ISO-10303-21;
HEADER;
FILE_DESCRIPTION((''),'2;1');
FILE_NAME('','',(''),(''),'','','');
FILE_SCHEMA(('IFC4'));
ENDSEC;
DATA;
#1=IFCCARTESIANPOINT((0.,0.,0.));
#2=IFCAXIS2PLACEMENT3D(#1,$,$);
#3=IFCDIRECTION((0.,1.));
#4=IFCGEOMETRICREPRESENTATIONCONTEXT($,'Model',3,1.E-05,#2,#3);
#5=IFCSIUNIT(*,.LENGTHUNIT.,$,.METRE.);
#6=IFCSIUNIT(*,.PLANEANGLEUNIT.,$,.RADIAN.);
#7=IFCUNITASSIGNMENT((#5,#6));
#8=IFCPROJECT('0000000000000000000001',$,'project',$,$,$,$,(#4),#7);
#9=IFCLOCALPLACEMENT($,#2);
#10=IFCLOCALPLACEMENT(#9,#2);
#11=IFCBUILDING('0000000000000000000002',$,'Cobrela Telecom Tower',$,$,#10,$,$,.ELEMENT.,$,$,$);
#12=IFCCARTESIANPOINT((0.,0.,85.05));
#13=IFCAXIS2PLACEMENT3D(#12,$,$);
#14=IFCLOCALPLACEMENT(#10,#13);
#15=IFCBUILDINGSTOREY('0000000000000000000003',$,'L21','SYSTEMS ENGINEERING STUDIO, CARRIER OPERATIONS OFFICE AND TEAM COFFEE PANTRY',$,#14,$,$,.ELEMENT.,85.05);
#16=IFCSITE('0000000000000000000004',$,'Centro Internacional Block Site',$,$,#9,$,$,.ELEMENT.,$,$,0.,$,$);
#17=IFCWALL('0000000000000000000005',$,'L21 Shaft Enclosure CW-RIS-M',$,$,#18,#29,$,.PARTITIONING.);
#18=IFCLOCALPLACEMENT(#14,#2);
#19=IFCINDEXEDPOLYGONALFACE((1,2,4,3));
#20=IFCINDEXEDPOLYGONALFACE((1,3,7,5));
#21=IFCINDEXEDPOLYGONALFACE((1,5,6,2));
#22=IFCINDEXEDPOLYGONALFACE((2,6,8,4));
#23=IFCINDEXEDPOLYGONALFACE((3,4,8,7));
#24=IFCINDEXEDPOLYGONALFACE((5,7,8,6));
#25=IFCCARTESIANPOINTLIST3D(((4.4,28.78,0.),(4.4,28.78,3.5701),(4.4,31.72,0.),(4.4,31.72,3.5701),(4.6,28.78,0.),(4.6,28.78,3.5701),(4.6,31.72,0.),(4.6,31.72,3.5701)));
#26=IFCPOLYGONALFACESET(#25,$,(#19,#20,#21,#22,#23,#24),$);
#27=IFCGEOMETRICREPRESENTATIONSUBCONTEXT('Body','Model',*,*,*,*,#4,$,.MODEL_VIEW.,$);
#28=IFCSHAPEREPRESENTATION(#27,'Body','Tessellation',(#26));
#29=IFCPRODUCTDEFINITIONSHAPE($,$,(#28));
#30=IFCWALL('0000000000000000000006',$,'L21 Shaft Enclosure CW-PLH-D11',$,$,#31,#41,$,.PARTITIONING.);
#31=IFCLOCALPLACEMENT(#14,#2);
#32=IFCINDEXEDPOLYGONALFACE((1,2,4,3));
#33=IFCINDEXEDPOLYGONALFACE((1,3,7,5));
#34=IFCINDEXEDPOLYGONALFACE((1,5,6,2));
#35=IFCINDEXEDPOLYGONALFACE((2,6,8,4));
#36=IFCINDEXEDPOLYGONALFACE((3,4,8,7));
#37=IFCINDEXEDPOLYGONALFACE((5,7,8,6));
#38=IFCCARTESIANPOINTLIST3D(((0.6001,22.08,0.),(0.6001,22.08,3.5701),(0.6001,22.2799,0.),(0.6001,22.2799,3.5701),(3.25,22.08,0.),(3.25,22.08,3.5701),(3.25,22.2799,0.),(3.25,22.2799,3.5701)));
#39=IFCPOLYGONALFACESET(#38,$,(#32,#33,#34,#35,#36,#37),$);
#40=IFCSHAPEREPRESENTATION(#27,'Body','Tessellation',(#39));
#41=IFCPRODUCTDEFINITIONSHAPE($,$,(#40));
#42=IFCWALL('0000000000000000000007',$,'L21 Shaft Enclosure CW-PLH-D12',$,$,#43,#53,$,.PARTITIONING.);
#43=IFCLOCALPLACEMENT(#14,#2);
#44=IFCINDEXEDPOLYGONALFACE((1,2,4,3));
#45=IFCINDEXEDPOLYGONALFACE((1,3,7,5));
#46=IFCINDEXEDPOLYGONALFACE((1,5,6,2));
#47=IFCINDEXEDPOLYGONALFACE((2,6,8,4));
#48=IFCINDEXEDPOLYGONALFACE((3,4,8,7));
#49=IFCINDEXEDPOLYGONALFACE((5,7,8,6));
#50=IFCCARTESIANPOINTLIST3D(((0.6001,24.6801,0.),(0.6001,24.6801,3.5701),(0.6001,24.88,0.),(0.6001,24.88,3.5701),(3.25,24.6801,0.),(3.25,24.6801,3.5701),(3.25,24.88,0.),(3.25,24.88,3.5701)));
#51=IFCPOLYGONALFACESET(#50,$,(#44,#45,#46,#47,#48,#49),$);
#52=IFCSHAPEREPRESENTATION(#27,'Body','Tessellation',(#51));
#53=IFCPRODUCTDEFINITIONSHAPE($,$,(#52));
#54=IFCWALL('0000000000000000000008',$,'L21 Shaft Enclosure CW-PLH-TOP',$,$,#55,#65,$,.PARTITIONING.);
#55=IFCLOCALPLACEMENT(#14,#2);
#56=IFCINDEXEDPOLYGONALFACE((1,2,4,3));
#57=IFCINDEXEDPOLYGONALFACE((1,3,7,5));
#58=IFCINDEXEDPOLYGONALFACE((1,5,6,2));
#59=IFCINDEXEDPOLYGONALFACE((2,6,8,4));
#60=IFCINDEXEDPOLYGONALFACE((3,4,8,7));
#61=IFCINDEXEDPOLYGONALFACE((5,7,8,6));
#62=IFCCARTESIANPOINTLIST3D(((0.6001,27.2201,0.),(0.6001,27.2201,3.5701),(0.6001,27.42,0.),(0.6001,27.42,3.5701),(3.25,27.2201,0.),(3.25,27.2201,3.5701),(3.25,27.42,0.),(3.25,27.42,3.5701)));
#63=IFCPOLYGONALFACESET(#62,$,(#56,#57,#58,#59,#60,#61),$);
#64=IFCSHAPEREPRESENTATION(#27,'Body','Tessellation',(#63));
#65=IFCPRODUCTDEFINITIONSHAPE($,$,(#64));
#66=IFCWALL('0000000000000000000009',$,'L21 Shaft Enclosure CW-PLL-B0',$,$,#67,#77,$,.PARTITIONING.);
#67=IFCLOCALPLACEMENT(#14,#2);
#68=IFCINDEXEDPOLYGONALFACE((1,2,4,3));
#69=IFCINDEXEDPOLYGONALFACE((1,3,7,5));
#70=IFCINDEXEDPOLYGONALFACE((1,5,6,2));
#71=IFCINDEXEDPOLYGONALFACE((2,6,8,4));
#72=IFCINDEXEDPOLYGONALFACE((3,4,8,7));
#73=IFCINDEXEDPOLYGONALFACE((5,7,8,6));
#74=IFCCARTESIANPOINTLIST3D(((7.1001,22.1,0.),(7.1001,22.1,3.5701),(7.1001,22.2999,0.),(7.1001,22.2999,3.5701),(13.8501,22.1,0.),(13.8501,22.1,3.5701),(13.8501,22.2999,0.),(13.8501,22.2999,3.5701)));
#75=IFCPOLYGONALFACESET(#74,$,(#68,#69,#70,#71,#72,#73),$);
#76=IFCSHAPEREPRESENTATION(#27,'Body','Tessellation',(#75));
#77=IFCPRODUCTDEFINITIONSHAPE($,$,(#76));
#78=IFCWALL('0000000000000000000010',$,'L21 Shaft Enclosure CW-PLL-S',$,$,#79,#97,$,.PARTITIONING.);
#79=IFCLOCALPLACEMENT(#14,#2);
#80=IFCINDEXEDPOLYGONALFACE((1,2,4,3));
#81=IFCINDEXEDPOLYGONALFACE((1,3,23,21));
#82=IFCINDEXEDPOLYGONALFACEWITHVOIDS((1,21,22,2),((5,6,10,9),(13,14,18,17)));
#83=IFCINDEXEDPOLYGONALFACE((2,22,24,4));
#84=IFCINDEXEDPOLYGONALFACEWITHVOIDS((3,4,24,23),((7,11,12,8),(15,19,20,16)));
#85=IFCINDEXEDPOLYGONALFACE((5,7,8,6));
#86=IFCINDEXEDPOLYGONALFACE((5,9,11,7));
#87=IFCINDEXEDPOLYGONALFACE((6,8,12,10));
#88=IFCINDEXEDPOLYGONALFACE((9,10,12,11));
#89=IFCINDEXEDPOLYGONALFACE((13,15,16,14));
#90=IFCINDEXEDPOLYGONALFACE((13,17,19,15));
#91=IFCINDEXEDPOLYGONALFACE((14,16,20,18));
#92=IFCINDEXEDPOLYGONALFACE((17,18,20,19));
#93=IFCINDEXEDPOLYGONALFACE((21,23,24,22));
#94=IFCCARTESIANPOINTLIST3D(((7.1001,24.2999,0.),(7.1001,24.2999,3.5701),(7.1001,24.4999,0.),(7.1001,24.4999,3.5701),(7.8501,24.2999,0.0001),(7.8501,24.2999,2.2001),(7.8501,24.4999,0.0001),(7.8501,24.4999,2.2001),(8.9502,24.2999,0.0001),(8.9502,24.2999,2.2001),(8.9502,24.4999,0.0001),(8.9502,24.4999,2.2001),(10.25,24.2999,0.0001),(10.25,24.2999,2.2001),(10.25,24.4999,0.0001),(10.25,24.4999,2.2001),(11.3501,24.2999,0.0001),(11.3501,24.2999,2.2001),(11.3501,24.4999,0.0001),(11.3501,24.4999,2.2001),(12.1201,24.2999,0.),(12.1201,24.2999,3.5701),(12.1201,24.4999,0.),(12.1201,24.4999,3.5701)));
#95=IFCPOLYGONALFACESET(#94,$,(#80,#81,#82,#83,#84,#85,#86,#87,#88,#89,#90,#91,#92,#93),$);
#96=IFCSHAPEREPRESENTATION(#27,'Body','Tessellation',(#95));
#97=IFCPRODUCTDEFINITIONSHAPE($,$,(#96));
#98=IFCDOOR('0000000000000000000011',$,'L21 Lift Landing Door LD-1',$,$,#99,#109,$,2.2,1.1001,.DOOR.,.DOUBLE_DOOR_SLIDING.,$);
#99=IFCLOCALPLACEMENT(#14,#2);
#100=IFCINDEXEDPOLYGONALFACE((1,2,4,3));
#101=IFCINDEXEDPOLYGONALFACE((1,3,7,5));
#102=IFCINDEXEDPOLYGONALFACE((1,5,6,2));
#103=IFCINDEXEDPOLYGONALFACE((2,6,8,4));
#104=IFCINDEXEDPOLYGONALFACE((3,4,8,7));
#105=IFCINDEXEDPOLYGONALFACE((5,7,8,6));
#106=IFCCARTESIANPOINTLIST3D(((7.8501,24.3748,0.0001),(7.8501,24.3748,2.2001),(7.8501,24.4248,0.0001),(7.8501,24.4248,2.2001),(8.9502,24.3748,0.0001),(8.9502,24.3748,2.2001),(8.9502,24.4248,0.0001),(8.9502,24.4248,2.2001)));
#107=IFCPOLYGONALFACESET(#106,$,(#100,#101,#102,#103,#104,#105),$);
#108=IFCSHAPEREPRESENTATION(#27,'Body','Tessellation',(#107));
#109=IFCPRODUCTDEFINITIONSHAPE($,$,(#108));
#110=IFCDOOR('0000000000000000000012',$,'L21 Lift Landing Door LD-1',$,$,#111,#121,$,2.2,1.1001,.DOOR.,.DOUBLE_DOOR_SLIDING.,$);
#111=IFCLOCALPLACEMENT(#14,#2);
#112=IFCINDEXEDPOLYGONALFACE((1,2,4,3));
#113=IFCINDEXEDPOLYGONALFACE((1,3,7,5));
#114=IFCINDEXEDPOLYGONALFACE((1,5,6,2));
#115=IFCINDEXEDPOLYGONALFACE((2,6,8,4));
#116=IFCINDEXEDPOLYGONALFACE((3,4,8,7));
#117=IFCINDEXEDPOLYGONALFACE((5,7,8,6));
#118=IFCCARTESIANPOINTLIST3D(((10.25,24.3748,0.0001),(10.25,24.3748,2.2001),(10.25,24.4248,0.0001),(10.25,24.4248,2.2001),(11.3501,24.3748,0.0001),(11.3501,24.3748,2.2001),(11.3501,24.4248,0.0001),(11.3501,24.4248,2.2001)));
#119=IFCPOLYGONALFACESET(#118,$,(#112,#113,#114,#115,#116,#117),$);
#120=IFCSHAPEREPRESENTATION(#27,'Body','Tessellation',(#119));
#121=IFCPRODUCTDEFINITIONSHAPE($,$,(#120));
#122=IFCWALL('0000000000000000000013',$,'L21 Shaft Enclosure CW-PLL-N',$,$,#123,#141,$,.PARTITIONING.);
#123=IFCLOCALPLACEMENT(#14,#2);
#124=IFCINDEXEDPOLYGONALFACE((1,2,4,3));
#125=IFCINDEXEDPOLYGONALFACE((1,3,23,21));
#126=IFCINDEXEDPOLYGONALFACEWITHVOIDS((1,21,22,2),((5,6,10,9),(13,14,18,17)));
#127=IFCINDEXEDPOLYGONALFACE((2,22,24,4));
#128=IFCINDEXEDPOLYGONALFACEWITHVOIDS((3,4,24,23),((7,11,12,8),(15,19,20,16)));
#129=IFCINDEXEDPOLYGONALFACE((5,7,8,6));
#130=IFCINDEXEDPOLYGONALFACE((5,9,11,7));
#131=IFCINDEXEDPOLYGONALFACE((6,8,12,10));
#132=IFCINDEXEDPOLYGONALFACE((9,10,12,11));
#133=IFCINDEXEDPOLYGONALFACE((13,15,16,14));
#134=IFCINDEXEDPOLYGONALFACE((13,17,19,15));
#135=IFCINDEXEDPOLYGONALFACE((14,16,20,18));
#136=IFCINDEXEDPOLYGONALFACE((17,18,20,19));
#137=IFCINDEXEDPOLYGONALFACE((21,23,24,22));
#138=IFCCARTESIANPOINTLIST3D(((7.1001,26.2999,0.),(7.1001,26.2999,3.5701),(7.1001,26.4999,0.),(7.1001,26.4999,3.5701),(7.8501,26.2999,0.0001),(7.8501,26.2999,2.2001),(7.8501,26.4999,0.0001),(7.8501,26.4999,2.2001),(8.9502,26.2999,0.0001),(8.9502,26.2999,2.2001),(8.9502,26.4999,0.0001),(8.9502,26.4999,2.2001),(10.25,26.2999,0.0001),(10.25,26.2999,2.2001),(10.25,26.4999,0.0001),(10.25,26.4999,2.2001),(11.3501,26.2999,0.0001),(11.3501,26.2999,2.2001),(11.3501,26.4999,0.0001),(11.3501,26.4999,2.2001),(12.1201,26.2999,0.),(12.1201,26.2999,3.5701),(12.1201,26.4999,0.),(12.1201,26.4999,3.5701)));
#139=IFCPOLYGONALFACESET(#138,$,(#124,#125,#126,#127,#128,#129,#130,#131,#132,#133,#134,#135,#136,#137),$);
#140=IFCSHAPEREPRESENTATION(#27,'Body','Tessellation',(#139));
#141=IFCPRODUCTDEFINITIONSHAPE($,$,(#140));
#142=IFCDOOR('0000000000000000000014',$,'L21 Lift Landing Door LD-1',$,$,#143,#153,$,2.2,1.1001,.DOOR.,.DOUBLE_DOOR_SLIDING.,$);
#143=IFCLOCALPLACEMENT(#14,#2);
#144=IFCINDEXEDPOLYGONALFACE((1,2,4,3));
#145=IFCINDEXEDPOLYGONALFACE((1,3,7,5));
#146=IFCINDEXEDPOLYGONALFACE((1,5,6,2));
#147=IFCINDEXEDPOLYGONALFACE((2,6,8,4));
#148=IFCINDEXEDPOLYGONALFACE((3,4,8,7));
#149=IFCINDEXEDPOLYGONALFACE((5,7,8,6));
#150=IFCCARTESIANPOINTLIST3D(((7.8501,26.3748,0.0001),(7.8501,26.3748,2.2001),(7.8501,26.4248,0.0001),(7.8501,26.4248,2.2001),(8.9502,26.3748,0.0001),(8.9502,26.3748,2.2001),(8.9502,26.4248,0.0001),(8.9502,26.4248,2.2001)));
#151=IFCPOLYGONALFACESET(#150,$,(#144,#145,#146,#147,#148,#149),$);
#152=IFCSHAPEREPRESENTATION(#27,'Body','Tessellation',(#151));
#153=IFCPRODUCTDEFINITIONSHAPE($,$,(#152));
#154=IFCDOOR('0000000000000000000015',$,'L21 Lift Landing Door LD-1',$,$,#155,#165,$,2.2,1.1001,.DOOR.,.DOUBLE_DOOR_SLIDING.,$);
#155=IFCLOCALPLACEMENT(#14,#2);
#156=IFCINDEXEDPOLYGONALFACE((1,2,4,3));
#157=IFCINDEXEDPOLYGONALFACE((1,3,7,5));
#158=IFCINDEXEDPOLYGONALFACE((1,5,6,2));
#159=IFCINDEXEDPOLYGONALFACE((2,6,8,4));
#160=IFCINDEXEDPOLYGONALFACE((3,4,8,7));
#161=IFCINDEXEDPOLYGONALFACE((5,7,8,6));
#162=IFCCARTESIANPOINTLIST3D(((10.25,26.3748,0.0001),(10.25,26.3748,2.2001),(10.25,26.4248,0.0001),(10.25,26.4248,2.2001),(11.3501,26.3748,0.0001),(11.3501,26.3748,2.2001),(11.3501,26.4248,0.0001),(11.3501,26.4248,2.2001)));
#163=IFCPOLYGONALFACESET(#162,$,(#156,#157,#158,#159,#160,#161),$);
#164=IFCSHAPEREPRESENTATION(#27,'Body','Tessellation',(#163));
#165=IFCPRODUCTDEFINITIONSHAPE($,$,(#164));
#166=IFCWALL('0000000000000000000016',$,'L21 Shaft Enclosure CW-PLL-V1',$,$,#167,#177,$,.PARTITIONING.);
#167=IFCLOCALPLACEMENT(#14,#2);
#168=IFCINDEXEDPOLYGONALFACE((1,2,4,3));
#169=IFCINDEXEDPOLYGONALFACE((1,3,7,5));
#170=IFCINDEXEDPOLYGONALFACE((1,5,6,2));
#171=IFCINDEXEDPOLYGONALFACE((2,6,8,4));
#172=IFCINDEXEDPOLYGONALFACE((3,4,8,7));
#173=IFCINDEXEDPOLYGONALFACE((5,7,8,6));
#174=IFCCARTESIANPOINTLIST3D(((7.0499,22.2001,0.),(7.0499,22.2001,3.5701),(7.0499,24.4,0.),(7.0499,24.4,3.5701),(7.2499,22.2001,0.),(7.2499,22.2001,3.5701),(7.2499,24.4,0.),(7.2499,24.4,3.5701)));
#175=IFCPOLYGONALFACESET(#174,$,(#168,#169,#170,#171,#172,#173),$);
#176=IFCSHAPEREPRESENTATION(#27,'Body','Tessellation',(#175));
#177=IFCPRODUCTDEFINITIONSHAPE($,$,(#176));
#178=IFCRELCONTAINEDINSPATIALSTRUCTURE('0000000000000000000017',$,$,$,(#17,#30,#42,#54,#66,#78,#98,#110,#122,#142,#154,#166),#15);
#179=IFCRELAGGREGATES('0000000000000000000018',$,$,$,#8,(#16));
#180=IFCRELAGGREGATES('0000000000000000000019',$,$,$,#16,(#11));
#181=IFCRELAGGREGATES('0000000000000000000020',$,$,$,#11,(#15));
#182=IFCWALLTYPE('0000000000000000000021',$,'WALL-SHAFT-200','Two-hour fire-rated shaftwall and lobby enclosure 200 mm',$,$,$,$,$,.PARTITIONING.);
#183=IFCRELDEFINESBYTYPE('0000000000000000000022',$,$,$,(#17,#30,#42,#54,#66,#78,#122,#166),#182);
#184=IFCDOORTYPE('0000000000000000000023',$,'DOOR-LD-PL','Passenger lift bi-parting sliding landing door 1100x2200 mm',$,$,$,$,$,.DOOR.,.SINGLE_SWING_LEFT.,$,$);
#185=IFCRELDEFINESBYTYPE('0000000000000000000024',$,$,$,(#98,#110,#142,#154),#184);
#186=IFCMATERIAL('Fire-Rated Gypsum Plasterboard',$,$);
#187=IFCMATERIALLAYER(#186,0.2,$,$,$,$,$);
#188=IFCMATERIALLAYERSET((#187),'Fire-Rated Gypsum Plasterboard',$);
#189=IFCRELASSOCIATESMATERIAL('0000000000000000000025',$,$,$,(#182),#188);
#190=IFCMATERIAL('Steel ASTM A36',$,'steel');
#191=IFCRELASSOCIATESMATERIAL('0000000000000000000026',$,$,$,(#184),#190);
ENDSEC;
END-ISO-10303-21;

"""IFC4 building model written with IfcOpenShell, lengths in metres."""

from ifc_helpers import new_model, si_unit, direction, frame, frame_2d, origin, place, context, subcontext, project, spatial, rectangle, extrude, material, layer, layer_set, type_object, element, fill, save


model = new_model("IFC4")

# Units and contexts
model_context = context("Model", 3, precision=1e-05, world=origin(), true_north=direction((0.0, 1.0)))
body_context = subcontext(model_context, "Body", "Model", "MODEL_VIEW")
ifc_project = project(units=[si_unit("LENGTHUNIT", "METRE"), si_unit("PLANEANGLEUNIT", "RADIAN")], contexts=[model_context])

# Site, building, storey
site_placement = place(None, origin())
site = spatial("IfcSite", under=ifc_project, at=site_placement, Name="Centro Internacional Block Site", CompositionType="ELEMENT", RefElevation=0.0)
building_placement = place(site_placement, origin())
building = spatial("IfcBuilding", under=site, at=building_placement, Name="Cobrela Telecom Tower", CompositionType="ELEMENT")
storey_placement = place(building_placement, frame((0.0, 0.0, 85.05)))
storey = spatial("IfcBuildingStorey", under=building, at=storey_placement, Name="L21", Description="SYSTEMS ENGINEERING STUDIO, CARRIER OPERATIONS OFFICE AND TEAM COFFEE PANTRY", CompositionType="ELEMENT", Elevation=85.05)

# Shared definitions
ifc_material_1 = material(Name="Fire-Rated Gypsum Plasterboard")
ifc_layer_1 = layer(ifc_material_1, 0.2)
ifc_layer_set_1 = layer_set([ifc_layer_1], Name="Fire-Rated Gypsum Plasterboard")
wall_type_1 = type_object("IfcWallType", Name="WALL-SHAFT-200", Description="Two-hour fire-rated shaftwall and lobby enclosure 200 mm", PredefinedType="PARTITIONING", material=ifc_layer_set_1)
ifc_material_2 = material(Name="Steel ASTM A36", Category="steel")

# Walls
wall_1_placement = place(storey_placement, frame((4.5, 28.78, 0.0), z_axis=(0.0, 0.0, 1.0), x_axis=(0.0, 1.0, 0.0)))
element("IfcWall", 1, at=wall_1_placement, inside=storey, type_object=wall_type_1, Name="L21 Shaft Enclosure CW-RIS-M", PredefinedType="PARTITIONING", context=body_context, shape_type="SweptSolid", body=[
    extrude(rectangle(XDim=2.9399, YDim=0.2, at=frame_2d((1.47, 0.0))), origin(), (0.0, 0.0, 1.0), 3.5701),
])
for number, where, z_axis, x_axis, name in (
    (2, (0.6001, 22.1799, 0.0), (0.0, 0.0, 1.0), (1.0, 0.0, 0.0), "L21 Shaft Enclosure CW-PLH-D11"),
    (3, (0.6001, 24.78, 0.0), (0.0, 0.0, 1.0), (1.0, 0.0, 0.0), "L21 Shaft Enclosure CW-PLH-D12"),
    (4, (0.6001, 27.3201, 0.0), (0.0, 0.0, 1.0), (1.0, 0.0, 0.0), "L21 Shaft Enclosure CW-PLH-TOP"),
):
    element("IfcWall", number, at=place(storey_placement, frame(where, z_axis=z_axis, x_axis=x_axis)), inside=storey, type_object=wall_type_1, Name=name, PredefinedType="PARTITIONING", context=body_context, shape_type="SweptSolid", body=[
        extrude(rectangle(XDim=2.6499, YDim=0.2, at=frame_2d((1.325, 0.0))), origin(), (0.0, 0.0, 1.0), 3.5701),
    ])
wall_2_placement = place(storey_placement, frame((7.1001, 22.2, 0.0), z_axis=(0.0, 0.0, 1.0), x_axis=(1.0, 0.0, 0.0)))
element("IfcWall", 5, at=wall_2_placement, inside=storey, type_object=wall_type_1, Name="L21 Shaft Enclosure CW-PLL-B0", PredefinedType="PARTITIONING", context=body_context, shape_type="SweptSolid", body=[
    extrude(rectangle(XDim=6.75, YDim=0.2, at=frame_2d((3.375, 0.0))), origin(), (0.0, 0.0, 1.0), 3.5701),
])

# Walls, openings, doors
wall_3_placement = place(storey_placement, frame((7.1001, 24.3999, 0.0), z_axis=(0.0, 0.0, 1.0), x_axis=(1.0, 0.0, 0.0)))
wall_3 = element("IfcWall", 6, at=wall_3_placement, inside=storey, type_object=wall_type_1, Name="L21 Shaft Enclosure CW-PLL-S", PredefinedType="PARTITIONING", context=body_context, shape_type="SweptSolid", body=[
    extrude(rectangle(XDim=5.02, YDim=0.2, at=frame_2d((2.51, 0.0))), origin(), (0.0, 0.0, 1.0), 3.5701),
])
opening_1_placement = place(wall_3_placement, frame((0.75, 0.0, 0.0)))
opening_1 = element("IfcOpeningElement", 7, at=opening_1_placement, cuts=wall_3, PredefinedType="OPENING", context=body_context, shape_type="SweptSolid", body=[
    extrude(rectangle(XDim=1.1001, YDim=2.2, at=frame_2d((0.55, 1.1001))), frame((0.0, 0.1118, 0.0), z_axis=(0.0, -1.0, 0.0), x_axis=(1.0, 0.0, 0.0)), (0.0, 0.0, 1.0), 0.2239),
])
opening_2_placement = place(wall_3_placement, frame((3.1499, 0.0, 0.0)))
opening_2 = element("IfcOpeningElement", 8, at=opening_2_placement, cuts=wall_3, PredefinedType="OPENING", context=body_context, shape_type="SweptSolid", body=[
    extrude(rectangle(XDim=1.1001, YDim=2.2, at=frame_2d((0.55, 1.1001))), frame((0.0, 0.1118, 0.0), z_axis=(0.0, -1.0, 0.0), x_axis=(1.0, 0.0, 0.0)), (0.0, 0.0, 1.0), 0.2239),
])
door_type_1 = type_object("IfcDoorType", Name="DOOR-LD-PL", Description="Passenger lift bi-parting sliding landing door 1100x2200 mm", OperationType="SINGLE_SWING_LEFT", PredefinedType="DOOR", material=ifc_material_2)
door_1_placement = place(opening_1_placement, origin())
door_1 = element("IfcDoor", 9, at=door_1_placement, inside=storey, type_object=door_type_1, Name="L21 Lift Landing Door LD-1", OperationType="DOUBLE_DOOR_SLIDING", OverallHeight=2.2, OverallWidth=1.1001, PredefinedType="DOOR", context=body_context, shape_type="SweptSolid", body=[
    extrude(rectangle(XDim=1.1001, YDim=2.2, at=frame_2d((0.55, 1.1001))), frame((0.0, 0.0249, 0.0), z_axis=(0.0, -1.0, 0.0), x_axis=(1.0, 0.0, 0.0)), (0.0, 0.0, 1.0), 0.05),
])
fill(opening_1, door_1)
door_2_placement = place(opening_2_placement, origin())
door_2 = element("IfcDoor", 10, at=door_2_placement, inside=storey, type_object=door_type_1, Name="L21 Lift Landing Door LD-1", OperationType="DOUBLE_DOOR_SLIDING", OverallHeight=2.2, OverallWidth=1.1001, PredefinedType="DOOR", context=body_context, shape_type="SweptSolid", body=[
    extrude(rectangle(XDim=1.1001, YDim=2.2, at=frame_2d((0.55, 1.1001))), frame((0.0, 0.0249, 0.0), z_axis=(0.0, -1.0, 0.0), x_axis=(1.0, 0.0, 0.0)), (0.0, 0.0, 1.0), 0.05),
])
fill(opening_2, door_2)
wall_4_placement = place(storey_placement, frame((7.1001, 26.3999, 0.0), z_axis=(0.0, 0.0, 1.0), x_axis=(1.0, 0.0, 0.0)))
wall_4 = element("IfcWall", 11, at=wall_4_placement, inside=storey, type_object=wall_type_1, Name="L21 Shaft Enclosure CW-PLL-N", PredefinedType="PARTITIONING", context=body_context, shape_type="SweptSolid", body=[
    extrude(rectangle(XDim=5.02, YDim=0.2, at=frame_2d((2.51, 0.0))), origin(), (0.0, 0.0, 1.0), 3.5701),
])
opening_3_placement = place(wall_4_placement, frame((0.75, 0.0, 0.0)))
opening_3 = element("IfcOpeningElement", 12, at=opening_3_placement, cuts=wall_4, PredefinedType="OPENING", context=body_context, shape_type="SweptSolid", body=[
    extrude(rectangle(XDim=1.1001, YDim=2.2, at=frame_2d((0.55, 1.1001))), frame((0.0, 0.1118, 0.0), z_axis=(0.0, -1.0, 0.0), x_axis=(1.0, 0.0, 0.0)), (0.0, 0.0, 1.0), 0.2239),
])
opening_4_placement = place(wall_4_placement, frame((3.1499, 0.0, 0.0)))
opening_4 = element("IfcOpeningElement", 13, at=opening_4_placement, cuts=wall_4, PredefinedType="OPENING", context=body_context, shape_type="SweptSolid", body=[
    extrude(rectangle(XDim=1.1001, YDim=2.2, at=frame_2d((0.55, 1.1001))), frame((0.0, 0.1118, 0.0), z_axis=(0.0, -1.0, 0.0), x_axis=(1.0, 0.0, 0.0)), (0.0, 0.0, 1.0), 0.2239),
])
door_3_placement = place(opening_3_placement, origin())
door_3 = element("IfcDoor", 14, at=door_3_placement, inside=storey, type_object=door_type_1, Name="L21 Lift Landing Door LD-1", OperationType="DOUBLE_DOOR_SLIDING", OverallHeight=2.2, OverallWidth=1.1001, PredefinedType="DOOR", context=body_context, shape_type="SweptSolid", body=[
    extrude(rectangle(XDim=1.1001, YDim=2.2, at=frame_2d((0.55, 1.1001))), frame((0.0, 0.0249, 0.0), z_axis=(0.0, -1.0, 0.0), x_axis=(1.0, 0.0, 0.0)), (0.0, 0.0, 1.0), 0.05),
])
fill(opening_3, door_3)
door_4_placement = place(opening_4_placement, origin())
door_4 = element("IfcDoor", 15, at=door_4_placement, inside=storey, type_object=door_type_1, Name="L21 Lift Landing Door LD-1", OperationType="DOUBLE_DOOR_SLIDING", OverallHeight=2.2, OverallWidth=1.1001, PredefinedType="DOOR", context=body_context, shape_type="SweptSolid", body=[
    extrude(rectangle(XDim=1.1001, YDim=2.2, at=frame_2d((0.55, 1.1001))), frame((0.0, 0.0249, 0.0), z_axis=(0.0, -1.0, 0.0), x_axis=(1.0, 0.0, 0.0)), (0.0, 0.0, 1.0), 0.05),
])
fill(opening_4, door_4)

# Wall
wall_5_placement = place(storey_placement, frame((7.1499, 22.2, 0.0), z_axis=(0.0, 0.0, 1.0), x_axis=(0.0, 1.0, 0.0)))
element("IfcWall", 16, at=wall_5_placement, inside=storey, type_object=wall_type_1, Name="L21 Shaft Enclosure CW-PLL-V1", PredefinedType="PARTITIONING", context=body_context, shape_type="SweptSolid", body=[
    extrude(rectangle(XDim=2.2, YDim=0.2, at=frame_2d((1.1001, 0.0))), origin(), (0.0, 0.0, 1.0), 3.5701),
])

save(model, "model.ifc")
